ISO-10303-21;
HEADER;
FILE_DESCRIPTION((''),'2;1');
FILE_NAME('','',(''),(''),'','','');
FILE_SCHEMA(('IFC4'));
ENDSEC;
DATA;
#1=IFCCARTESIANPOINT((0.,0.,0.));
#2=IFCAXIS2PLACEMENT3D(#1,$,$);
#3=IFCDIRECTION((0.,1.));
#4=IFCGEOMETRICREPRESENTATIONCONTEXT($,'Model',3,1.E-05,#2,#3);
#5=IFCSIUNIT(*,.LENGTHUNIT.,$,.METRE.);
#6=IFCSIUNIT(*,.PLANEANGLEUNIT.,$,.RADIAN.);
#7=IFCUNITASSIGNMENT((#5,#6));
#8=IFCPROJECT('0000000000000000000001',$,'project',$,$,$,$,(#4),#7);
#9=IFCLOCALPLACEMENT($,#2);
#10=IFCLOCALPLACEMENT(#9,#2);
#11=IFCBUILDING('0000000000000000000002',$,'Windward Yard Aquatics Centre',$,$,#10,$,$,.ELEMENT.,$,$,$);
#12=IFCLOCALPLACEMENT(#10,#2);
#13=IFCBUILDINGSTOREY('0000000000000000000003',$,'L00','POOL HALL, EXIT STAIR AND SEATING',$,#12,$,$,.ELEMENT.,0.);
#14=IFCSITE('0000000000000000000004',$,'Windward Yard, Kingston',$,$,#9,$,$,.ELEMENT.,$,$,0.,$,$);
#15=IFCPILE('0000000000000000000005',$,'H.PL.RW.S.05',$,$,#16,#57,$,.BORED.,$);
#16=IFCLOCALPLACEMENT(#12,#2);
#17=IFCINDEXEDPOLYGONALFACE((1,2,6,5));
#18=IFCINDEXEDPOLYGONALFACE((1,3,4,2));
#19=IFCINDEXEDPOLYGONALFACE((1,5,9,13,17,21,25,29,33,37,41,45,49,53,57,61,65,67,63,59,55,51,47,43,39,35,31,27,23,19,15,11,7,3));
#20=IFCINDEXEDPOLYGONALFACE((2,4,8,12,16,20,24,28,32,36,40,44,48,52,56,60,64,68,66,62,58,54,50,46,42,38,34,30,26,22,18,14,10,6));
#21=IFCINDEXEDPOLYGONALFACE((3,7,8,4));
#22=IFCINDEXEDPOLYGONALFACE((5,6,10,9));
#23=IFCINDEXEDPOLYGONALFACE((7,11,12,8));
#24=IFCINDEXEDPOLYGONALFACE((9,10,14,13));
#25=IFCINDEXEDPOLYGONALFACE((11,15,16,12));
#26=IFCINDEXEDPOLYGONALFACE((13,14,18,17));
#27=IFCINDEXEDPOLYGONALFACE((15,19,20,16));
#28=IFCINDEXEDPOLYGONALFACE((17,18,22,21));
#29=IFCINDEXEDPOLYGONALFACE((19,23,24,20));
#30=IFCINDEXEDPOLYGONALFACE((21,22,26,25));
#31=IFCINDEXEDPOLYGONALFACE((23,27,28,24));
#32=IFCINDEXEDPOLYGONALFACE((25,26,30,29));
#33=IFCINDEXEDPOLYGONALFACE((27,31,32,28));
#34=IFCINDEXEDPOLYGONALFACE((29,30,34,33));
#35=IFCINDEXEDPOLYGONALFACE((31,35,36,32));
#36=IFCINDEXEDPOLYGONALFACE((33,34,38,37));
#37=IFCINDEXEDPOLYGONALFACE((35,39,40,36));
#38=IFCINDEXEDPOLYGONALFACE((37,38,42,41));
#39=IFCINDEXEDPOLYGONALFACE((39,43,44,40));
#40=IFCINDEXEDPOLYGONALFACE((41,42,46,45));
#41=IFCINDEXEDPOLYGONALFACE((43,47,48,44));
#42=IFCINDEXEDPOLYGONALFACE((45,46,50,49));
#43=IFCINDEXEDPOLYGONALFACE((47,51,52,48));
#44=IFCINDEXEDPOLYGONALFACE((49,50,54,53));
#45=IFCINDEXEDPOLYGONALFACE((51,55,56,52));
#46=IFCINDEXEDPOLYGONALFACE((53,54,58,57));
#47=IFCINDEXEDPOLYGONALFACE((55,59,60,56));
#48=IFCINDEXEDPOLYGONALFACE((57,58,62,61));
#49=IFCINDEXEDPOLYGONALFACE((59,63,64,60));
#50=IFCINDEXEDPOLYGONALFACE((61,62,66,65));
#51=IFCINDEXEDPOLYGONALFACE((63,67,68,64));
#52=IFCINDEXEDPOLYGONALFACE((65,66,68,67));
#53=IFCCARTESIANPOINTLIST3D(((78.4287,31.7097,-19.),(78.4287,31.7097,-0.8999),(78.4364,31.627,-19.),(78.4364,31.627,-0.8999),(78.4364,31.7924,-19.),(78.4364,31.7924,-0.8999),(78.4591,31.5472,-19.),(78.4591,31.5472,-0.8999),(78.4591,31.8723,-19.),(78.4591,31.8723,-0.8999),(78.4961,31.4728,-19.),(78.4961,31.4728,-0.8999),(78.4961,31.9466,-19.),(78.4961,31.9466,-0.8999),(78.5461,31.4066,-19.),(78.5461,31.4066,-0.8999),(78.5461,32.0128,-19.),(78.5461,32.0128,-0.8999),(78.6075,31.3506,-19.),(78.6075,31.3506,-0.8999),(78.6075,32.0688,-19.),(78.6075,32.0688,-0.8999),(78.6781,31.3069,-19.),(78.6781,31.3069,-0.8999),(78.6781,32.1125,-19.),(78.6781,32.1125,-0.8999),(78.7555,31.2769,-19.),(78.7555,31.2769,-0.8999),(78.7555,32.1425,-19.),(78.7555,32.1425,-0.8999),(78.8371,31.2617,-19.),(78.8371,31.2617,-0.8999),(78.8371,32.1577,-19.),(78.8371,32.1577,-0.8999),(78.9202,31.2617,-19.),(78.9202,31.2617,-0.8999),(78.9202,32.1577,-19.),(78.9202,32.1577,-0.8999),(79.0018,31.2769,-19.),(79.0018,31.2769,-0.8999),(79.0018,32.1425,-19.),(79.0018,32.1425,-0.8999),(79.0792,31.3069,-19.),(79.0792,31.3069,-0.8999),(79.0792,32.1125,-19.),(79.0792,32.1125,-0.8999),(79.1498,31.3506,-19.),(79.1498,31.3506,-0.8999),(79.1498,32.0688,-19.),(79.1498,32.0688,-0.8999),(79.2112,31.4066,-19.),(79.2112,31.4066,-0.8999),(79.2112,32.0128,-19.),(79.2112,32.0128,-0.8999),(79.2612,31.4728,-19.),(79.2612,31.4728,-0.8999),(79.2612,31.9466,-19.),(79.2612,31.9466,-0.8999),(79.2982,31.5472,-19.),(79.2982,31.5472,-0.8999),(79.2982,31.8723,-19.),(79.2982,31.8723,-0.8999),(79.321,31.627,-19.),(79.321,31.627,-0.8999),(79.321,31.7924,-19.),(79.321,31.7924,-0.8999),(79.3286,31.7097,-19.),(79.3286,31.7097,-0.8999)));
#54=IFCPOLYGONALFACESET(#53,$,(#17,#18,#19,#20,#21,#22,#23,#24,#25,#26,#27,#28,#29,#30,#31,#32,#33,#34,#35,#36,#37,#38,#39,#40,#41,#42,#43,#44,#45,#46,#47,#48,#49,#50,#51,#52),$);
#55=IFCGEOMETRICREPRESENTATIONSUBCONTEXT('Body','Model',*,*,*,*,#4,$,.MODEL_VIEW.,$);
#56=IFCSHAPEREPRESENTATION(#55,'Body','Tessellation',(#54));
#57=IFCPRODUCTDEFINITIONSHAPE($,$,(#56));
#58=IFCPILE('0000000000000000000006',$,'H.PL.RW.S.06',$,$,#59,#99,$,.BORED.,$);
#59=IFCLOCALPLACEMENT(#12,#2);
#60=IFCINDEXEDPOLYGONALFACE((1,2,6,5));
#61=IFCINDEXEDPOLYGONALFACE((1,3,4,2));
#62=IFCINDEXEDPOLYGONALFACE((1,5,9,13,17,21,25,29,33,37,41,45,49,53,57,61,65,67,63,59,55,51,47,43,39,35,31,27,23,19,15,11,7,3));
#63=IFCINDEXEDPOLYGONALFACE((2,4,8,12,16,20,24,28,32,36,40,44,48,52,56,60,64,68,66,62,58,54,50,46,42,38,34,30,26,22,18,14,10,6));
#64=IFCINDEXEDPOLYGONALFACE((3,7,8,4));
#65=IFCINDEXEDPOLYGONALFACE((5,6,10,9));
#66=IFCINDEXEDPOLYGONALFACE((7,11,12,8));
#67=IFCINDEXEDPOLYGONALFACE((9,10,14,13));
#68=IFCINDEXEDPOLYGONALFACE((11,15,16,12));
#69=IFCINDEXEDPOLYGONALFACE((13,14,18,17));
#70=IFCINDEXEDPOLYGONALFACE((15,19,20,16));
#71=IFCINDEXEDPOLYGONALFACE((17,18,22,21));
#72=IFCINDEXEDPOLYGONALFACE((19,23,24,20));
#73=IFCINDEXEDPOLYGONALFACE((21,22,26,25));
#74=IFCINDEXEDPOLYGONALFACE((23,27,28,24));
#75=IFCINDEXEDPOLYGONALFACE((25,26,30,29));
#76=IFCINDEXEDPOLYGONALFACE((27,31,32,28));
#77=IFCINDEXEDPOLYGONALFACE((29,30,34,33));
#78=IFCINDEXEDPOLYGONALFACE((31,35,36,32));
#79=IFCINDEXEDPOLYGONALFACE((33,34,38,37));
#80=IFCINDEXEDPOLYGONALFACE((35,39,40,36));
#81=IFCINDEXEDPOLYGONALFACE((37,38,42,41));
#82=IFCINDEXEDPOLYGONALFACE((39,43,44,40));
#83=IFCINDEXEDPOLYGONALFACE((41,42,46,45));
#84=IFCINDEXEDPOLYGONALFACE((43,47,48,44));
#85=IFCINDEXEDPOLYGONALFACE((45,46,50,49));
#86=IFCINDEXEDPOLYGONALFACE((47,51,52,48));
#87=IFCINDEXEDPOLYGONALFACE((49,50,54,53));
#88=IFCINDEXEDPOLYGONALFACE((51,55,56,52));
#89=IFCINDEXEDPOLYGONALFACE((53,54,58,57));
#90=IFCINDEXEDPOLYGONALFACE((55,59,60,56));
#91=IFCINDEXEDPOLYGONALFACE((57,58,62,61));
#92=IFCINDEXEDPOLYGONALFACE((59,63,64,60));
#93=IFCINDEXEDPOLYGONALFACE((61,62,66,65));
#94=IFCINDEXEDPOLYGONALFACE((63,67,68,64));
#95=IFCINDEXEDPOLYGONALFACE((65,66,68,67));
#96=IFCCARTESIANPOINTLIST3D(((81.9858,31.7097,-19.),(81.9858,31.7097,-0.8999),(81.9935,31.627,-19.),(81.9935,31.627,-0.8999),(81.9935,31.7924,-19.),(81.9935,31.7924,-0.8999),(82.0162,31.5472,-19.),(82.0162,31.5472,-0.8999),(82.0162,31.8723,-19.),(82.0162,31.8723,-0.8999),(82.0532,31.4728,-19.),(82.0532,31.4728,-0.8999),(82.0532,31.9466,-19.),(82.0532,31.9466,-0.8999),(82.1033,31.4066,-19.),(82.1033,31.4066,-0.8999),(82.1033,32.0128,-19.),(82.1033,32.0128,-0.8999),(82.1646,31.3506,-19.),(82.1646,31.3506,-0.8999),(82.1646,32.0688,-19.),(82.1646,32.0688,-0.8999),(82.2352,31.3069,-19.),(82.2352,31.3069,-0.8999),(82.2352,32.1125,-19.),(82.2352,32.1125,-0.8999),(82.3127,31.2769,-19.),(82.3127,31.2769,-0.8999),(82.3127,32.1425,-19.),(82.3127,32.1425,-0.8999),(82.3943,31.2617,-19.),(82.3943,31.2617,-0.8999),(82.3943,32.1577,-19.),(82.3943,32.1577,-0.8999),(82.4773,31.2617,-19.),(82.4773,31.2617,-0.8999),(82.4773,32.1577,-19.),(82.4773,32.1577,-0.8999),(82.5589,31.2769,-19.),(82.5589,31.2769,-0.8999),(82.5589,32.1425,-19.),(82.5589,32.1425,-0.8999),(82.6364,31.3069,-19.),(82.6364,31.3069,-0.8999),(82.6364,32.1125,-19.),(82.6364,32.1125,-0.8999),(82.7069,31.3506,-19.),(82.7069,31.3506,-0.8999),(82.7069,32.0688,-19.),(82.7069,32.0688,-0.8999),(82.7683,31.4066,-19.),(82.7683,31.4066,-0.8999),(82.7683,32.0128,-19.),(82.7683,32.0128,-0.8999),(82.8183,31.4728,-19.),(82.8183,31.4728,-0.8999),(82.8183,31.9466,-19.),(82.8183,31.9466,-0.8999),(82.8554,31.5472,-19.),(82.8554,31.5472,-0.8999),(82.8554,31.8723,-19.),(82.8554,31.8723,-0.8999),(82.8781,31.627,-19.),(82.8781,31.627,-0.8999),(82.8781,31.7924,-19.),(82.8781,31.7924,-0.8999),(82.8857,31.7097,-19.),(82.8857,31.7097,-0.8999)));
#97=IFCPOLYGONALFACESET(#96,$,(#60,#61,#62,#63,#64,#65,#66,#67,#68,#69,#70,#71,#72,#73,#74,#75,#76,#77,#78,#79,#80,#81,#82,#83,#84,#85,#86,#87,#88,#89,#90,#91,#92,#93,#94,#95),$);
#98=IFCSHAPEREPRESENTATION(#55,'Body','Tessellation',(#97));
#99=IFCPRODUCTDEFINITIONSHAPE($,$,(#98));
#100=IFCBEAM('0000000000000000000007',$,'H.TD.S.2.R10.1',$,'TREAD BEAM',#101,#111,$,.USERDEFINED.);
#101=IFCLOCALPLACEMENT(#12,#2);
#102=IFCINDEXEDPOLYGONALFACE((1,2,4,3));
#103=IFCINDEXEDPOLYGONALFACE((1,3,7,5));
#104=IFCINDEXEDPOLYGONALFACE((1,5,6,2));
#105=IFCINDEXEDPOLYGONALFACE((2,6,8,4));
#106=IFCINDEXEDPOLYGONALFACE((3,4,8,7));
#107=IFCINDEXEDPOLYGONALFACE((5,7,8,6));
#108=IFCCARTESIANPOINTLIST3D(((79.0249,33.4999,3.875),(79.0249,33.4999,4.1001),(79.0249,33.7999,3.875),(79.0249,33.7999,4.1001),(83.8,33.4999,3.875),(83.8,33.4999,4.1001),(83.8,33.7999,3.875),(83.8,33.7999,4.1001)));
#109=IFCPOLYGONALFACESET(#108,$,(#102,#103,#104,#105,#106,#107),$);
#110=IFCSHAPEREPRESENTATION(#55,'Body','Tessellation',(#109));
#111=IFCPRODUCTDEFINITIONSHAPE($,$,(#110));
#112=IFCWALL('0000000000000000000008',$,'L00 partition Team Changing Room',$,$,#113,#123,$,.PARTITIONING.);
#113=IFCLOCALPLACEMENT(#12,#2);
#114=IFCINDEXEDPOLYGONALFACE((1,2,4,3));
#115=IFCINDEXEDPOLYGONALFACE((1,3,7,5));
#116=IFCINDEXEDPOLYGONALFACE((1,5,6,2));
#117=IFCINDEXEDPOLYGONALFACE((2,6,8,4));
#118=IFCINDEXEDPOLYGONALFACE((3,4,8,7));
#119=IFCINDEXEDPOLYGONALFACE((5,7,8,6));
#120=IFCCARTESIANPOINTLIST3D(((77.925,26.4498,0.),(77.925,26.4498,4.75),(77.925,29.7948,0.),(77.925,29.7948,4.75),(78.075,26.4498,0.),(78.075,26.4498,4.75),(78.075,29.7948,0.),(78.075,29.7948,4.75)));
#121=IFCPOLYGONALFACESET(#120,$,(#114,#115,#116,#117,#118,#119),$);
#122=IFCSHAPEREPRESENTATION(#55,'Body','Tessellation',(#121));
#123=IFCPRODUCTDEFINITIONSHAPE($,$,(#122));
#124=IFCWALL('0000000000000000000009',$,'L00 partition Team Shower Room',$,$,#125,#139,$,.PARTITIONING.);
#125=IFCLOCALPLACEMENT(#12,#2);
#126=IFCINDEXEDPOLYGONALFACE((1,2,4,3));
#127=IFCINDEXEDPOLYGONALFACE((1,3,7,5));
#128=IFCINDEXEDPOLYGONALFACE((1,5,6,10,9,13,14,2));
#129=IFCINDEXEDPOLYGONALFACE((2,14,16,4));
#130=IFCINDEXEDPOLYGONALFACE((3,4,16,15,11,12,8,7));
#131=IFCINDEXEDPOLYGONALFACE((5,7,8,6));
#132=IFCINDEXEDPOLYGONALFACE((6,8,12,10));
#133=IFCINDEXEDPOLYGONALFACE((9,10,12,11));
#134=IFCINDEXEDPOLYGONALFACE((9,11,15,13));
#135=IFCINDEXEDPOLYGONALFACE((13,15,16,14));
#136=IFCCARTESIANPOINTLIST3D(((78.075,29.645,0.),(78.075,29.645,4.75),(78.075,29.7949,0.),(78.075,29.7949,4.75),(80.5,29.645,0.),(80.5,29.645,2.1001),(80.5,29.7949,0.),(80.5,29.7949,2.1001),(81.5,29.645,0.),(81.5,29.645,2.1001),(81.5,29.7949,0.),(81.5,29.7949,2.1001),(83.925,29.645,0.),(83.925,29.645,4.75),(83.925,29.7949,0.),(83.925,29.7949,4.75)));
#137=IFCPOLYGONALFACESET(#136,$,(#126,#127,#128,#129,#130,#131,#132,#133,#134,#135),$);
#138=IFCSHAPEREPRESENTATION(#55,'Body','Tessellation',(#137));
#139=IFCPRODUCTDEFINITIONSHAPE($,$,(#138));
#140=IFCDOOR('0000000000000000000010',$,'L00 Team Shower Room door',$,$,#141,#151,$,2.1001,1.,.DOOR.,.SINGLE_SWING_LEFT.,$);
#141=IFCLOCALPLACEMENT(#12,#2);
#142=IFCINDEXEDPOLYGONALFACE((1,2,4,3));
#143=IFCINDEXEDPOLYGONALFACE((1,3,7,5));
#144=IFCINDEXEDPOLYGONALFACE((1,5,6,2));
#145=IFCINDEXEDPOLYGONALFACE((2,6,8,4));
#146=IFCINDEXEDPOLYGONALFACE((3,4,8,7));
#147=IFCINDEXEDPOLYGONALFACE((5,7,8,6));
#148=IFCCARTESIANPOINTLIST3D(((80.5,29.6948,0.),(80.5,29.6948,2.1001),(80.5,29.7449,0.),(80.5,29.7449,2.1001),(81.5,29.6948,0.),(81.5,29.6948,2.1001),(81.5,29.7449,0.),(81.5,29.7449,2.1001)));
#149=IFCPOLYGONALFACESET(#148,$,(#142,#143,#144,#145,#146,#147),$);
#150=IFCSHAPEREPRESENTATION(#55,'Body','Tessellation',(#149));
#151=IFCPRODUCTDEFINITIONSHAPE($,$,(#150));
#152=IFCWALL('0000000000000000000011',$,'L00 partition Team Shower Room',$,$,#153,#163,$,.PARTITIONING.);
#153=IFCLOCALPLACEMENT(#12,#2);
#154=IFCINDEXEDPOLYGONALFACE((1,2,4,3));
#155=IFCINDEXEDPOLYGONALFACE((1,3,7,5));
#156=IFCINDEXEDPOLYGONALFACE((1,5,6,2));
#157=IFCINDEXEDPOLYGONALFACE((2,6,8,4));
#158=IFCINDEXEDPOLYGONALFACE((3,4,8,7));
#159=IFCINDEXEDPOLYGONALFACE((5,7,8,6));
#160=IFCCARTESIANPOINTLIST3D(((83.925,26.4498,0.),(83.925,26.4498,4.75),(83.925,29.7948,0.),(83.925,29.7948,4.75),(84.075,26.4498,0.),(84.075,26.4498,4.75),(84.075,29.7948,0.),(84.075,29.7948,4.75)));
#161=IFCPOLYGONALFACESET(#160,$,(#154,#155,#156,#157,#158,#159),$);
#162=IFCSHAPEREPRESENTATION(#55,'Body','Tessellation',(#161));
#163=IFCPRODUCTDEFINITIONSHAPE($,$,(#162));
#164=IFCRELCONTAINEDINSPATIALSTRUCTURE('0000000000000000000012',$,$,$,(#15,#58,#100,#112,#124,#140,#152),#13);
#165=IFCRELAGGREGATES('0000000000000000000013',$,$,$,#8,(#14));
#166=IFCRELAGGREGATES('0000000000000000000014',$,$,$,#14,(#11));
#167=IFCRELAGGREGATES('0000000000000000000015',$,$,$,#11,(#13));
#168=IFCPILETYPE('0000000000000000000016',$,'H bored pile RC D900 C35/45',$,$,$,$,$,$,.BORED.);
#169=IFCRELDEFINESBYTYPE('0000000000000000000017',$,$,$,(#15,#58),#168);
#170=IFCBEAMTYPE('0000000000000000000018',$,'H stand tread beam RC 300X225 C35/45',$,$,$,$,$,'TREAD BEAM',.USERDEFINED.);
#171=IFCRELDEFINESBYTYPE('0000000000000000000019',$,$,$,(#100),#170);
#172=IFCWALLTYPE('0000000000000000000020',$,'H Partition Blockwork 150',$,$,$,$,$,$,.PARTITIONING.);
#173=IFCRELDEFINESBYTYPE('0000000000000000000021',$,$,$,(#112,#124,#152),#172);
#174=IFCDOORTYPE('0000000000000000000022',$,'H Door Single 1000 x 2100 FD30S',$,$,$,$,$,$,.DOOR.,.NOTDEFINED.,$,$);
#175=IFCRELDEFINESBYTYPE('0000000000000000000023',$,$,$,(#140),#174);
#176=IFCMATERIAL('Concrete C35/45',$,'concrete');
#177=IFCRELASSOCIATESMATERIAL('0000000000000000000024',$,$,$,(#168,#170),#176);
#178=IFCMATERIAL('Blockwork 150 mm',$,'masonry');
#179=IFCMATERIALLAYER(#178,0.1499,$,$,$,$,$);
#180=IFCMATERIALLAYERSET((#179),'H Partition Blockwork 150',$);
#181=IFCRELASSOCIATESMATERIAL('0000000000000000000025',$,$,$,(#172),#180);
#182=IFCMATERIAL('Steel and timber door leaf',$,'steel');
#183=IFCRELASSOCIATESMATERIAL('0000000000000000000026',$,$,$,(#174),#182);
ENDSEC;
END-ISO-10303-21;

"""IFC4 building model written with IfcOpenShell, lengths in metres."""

from ifc_helpers import new_model, si_unit, direction, frame, frame_2d, origin, origin_2d, place, context, subcontext, project, spatial, rectangle, circle, extrude, material, layer, layer_set, material_profile, profile_set, type_object, element, fill, save


model = new_model("IFC4")

# Units and contexts
model_context = context("Model", 3, precision=1e-05, world=origin(), true_north=direction((0.0, 1.0)))
body_context = subcontext(model_context, "Body", "Model", "MODEL_VIEW")
ifc_project = project(units=[si_unit("LENGTHUNIT", "METRE"), si_unit("PLANEANGLEUNIT", "RADIAN")], contexts=[model_context])

# Site, building, storey
site_placement = place(None, origin())
site = spatial("IfcSite", under=ifc_project, at=site_placement, Name="Windward Yard, Kingston", CompositionType="ELEMENT", RefElevation=0.0)
building_placement = place(site_placement, origin())
building = spatial("IfcBuilding", under=site, at=building_placement, Name="Windward Yard Aquatics Centre", CompositionType="ELEMENT")
storey_placement = place(building_placement, origin())
storey = spatial("IfcBuildingStorey", under=building, at=storey_placement, Name="L00", Description="POOL HALL, EXIT STAIR AND SEATING", CompositionType="ELEMENT", Elevation=0.0)

# Piles
ifc_material_1 = material(Name="Concrete C35/45", Category="concrete")
ifc_material_profile_1 = material_profile(ifc_material_1, circle(Radius=0.45, at=origin_2d()), Name="RC D900")
ifc_profile_set_1 = profile_set([ifc_material_profile_1], Name="Concrete C35/45")
pile_type_1 = type_object("IfcPileType", Name="H bored pile RC D900 C35/45", PredefinedType="BORED", material=ifc_profile_set_1)
for number, where, z_axis, x_axis, name in (
    (1, (78.8787, 31.7097, -0.8999), (0.0, 0.0, -1.0), (1.0, 0.0, 0.0), "H.PL.RW.S.05"),
    (2, (82.4358, 31.7097, -0.8999), (0.0, 0.0, -1.0), (1.0, 0.0, 0.0), "H.PL.RW.S.06"),
):
    element("IfcPile", number, at=place(storey_placement, frame(where, z_axis=z_axis, x_axis=x_axis)), inside=storey, type_object=pile_type_1, Name=name, PredefinedType="BORED", context=body_context, shape_type="SweptSolid", body=[
        extrude(circle(Radius=0.45, at=origin_2d()), origin(), (0.0, 0.0, 1.0), 18.1001),
    ])

# Beam
ifc_material_profile_2 = material_profile(ifc_material_1, rectangle(XDim=0.3, YDim=0.2251, at=origin_2d()), Name="RC 300X225")
ifc_profile_set_2 = profile_set([ifc_material_profile_2], Name="Concrete C35/45")
beam_type = type_object("IfcBeamType", Name="H stand tread beam RC 300X225 C35/45", ElementType="TREAD BEAM", PredefinedType="USERDEFINED", material=ifc_profile_set_2)
beam_placement = place(storey_placement, frame((79.0249, 33.6499, 3.9875), z_axis=(1.0, 0.0, 0.0), x_axis=(0.0, 1.0, 0.0)))
element("IfcBeam", 3, at=beam_placement, inside=storey, type_object=beam_type, Name="H.TD.S.2.R10.1", ObjectType="TREAD BEAM", PredefinedType="USERDEFINED", context=body_context, shape_type="SweptSolid", body=[
    extrude(rectangle(XDim=0.3, YDim=0.2251, at=origin_2d()), origin(), (0.0, 0.0, 1.0), 4.7751),
])

# Wall
ifc_material_2 = material(Name="Blockwork 150 mm", Category="masonry")
ifc_layer = layer(ifc_material_2, 0.1499)
ifc_layer_set = layer_set([ifc_layer], Name="H Partition Blockwork 150")
wall_type = type_object("IfcWallType", Name="H Partition Blockwork 150", PredefinedType="PARTITIONING", material=ifc_layer_set)
wall_1_placement = place(storey_placement, frame((78.0, 26.45, 0.0), z_axis=(0.0, 0.0, 1.0), x_axis=(0.0, 1.0, 0.0)))
element("IfcWall", 4, at=wall_1_placement, inside=storey, type_object=wall_type, Name="L00 partition Team Changing Room", PredefinedType="PARTITIONING", context=body_context, shape_type="SweptSolid", body=[
    extrude(rectangle(XDim=3.345, YDim=0.1499, at=frame_2d((1.6724, 0.0))), origin(), (0.0, 0.0, 1.0), 4.75),
])

# Wall, opening, door
wall_2_placement = place(storey_placement, frame((78.075, 29.72, 0.0), z_axis=(0.0, 0.0, 1.0), x_axis=(1.0, 0.0, 0.0)))
wall_2 = element("IfcWall", 5, at=wall_2_placement, inside=storey, type_object=wall_type, Name="L00 partition Team Shower Room", PredefinedType="PARTITIONING", context=body_context, shape_type="SweptSolid", body=[
    extrude(rectangle(XDim=5.8501, YDim=0.1499, at=frame_2d((2.925, 0.0))), origin(), (0.0, 0.0, 1.0), 4.75),
])
opening_1_placement = place(wall_2_placement, frame((2.425, 0.0, 0.0)))
opening_1 = element("IfcOpeningElement", 6, at=opening_1_placement, cuts=wall_2, PredefinedType="OPENING", context=body_context, shape_type="SweptSolid", body=[
    extrude(rectangle(XDim=1.0, YDim=2.1001, at=frame_2d((0.5, 1.05))), frame((0.0, 0.085, 0.0), z_axis=(0.0, -1.0, 0.0), x_axis=(1.0, 0.0, 0.0)), (0.0, 0.0, 1.0), 0.1699),
])
ifc_material_3 = material(Name="Steel and timber door leaf", Category="steel")
door_type_1 = type_object("IfcDoorType", Name="H Door Single 1000 x 2100 FD30S", OperationType="NOTDEFINED", PredefinedType="DOOR", material=ifc_material_3)
door_1_placement = place(opening_1_placement, origin())
door_1 = element("IfcDoor", 7, at=door_1_placement, inside=storey, type_object=door_type_1, Name="L00 Team Shower Room door", OperationType="SINGLE_SWING_LEFT", OverallHeight=2.1001, OverallWidth=1.0, PredefinedType="DOOR", context=body_context, shape_type="SweptSolid", body=[
    extrude(rectangle(XDim=1.0, YDim=2.1001, at=frame_2d((0.5, 1.05))), frame((0.0, 0.0249, 0.0), z_axis=(0.0, -1.0, 0.0), x_axis=(1.0, 0.0, 0.0)), (0.0, 0.0, 1.0), 0.05),
])
fill(opening_1, door_1)

# Wall
wall_3_placement = place(storey_placement, frame((84.0, 26.45, 0.0), z_axis=(0.0, 0.0, 1.0), x_axis=(0.0, 1.0, 0.0)))
element("IfcWall", 8, at=wall_3_placement, inside=storey, type_object=wall_type, Name="L00 partition Team Shower Room", PredefinedType="PARTITIONING", context=body_context, shape_type="SweptSolid", body=[
    extrude(rectangle(XDim=3.345, YDim=0.1499, at=frame_2d((1.6724, 0.0))), origin(), (0.0, 0.0, 1.0), 4.75),
])

save(model, "model.ifc")
